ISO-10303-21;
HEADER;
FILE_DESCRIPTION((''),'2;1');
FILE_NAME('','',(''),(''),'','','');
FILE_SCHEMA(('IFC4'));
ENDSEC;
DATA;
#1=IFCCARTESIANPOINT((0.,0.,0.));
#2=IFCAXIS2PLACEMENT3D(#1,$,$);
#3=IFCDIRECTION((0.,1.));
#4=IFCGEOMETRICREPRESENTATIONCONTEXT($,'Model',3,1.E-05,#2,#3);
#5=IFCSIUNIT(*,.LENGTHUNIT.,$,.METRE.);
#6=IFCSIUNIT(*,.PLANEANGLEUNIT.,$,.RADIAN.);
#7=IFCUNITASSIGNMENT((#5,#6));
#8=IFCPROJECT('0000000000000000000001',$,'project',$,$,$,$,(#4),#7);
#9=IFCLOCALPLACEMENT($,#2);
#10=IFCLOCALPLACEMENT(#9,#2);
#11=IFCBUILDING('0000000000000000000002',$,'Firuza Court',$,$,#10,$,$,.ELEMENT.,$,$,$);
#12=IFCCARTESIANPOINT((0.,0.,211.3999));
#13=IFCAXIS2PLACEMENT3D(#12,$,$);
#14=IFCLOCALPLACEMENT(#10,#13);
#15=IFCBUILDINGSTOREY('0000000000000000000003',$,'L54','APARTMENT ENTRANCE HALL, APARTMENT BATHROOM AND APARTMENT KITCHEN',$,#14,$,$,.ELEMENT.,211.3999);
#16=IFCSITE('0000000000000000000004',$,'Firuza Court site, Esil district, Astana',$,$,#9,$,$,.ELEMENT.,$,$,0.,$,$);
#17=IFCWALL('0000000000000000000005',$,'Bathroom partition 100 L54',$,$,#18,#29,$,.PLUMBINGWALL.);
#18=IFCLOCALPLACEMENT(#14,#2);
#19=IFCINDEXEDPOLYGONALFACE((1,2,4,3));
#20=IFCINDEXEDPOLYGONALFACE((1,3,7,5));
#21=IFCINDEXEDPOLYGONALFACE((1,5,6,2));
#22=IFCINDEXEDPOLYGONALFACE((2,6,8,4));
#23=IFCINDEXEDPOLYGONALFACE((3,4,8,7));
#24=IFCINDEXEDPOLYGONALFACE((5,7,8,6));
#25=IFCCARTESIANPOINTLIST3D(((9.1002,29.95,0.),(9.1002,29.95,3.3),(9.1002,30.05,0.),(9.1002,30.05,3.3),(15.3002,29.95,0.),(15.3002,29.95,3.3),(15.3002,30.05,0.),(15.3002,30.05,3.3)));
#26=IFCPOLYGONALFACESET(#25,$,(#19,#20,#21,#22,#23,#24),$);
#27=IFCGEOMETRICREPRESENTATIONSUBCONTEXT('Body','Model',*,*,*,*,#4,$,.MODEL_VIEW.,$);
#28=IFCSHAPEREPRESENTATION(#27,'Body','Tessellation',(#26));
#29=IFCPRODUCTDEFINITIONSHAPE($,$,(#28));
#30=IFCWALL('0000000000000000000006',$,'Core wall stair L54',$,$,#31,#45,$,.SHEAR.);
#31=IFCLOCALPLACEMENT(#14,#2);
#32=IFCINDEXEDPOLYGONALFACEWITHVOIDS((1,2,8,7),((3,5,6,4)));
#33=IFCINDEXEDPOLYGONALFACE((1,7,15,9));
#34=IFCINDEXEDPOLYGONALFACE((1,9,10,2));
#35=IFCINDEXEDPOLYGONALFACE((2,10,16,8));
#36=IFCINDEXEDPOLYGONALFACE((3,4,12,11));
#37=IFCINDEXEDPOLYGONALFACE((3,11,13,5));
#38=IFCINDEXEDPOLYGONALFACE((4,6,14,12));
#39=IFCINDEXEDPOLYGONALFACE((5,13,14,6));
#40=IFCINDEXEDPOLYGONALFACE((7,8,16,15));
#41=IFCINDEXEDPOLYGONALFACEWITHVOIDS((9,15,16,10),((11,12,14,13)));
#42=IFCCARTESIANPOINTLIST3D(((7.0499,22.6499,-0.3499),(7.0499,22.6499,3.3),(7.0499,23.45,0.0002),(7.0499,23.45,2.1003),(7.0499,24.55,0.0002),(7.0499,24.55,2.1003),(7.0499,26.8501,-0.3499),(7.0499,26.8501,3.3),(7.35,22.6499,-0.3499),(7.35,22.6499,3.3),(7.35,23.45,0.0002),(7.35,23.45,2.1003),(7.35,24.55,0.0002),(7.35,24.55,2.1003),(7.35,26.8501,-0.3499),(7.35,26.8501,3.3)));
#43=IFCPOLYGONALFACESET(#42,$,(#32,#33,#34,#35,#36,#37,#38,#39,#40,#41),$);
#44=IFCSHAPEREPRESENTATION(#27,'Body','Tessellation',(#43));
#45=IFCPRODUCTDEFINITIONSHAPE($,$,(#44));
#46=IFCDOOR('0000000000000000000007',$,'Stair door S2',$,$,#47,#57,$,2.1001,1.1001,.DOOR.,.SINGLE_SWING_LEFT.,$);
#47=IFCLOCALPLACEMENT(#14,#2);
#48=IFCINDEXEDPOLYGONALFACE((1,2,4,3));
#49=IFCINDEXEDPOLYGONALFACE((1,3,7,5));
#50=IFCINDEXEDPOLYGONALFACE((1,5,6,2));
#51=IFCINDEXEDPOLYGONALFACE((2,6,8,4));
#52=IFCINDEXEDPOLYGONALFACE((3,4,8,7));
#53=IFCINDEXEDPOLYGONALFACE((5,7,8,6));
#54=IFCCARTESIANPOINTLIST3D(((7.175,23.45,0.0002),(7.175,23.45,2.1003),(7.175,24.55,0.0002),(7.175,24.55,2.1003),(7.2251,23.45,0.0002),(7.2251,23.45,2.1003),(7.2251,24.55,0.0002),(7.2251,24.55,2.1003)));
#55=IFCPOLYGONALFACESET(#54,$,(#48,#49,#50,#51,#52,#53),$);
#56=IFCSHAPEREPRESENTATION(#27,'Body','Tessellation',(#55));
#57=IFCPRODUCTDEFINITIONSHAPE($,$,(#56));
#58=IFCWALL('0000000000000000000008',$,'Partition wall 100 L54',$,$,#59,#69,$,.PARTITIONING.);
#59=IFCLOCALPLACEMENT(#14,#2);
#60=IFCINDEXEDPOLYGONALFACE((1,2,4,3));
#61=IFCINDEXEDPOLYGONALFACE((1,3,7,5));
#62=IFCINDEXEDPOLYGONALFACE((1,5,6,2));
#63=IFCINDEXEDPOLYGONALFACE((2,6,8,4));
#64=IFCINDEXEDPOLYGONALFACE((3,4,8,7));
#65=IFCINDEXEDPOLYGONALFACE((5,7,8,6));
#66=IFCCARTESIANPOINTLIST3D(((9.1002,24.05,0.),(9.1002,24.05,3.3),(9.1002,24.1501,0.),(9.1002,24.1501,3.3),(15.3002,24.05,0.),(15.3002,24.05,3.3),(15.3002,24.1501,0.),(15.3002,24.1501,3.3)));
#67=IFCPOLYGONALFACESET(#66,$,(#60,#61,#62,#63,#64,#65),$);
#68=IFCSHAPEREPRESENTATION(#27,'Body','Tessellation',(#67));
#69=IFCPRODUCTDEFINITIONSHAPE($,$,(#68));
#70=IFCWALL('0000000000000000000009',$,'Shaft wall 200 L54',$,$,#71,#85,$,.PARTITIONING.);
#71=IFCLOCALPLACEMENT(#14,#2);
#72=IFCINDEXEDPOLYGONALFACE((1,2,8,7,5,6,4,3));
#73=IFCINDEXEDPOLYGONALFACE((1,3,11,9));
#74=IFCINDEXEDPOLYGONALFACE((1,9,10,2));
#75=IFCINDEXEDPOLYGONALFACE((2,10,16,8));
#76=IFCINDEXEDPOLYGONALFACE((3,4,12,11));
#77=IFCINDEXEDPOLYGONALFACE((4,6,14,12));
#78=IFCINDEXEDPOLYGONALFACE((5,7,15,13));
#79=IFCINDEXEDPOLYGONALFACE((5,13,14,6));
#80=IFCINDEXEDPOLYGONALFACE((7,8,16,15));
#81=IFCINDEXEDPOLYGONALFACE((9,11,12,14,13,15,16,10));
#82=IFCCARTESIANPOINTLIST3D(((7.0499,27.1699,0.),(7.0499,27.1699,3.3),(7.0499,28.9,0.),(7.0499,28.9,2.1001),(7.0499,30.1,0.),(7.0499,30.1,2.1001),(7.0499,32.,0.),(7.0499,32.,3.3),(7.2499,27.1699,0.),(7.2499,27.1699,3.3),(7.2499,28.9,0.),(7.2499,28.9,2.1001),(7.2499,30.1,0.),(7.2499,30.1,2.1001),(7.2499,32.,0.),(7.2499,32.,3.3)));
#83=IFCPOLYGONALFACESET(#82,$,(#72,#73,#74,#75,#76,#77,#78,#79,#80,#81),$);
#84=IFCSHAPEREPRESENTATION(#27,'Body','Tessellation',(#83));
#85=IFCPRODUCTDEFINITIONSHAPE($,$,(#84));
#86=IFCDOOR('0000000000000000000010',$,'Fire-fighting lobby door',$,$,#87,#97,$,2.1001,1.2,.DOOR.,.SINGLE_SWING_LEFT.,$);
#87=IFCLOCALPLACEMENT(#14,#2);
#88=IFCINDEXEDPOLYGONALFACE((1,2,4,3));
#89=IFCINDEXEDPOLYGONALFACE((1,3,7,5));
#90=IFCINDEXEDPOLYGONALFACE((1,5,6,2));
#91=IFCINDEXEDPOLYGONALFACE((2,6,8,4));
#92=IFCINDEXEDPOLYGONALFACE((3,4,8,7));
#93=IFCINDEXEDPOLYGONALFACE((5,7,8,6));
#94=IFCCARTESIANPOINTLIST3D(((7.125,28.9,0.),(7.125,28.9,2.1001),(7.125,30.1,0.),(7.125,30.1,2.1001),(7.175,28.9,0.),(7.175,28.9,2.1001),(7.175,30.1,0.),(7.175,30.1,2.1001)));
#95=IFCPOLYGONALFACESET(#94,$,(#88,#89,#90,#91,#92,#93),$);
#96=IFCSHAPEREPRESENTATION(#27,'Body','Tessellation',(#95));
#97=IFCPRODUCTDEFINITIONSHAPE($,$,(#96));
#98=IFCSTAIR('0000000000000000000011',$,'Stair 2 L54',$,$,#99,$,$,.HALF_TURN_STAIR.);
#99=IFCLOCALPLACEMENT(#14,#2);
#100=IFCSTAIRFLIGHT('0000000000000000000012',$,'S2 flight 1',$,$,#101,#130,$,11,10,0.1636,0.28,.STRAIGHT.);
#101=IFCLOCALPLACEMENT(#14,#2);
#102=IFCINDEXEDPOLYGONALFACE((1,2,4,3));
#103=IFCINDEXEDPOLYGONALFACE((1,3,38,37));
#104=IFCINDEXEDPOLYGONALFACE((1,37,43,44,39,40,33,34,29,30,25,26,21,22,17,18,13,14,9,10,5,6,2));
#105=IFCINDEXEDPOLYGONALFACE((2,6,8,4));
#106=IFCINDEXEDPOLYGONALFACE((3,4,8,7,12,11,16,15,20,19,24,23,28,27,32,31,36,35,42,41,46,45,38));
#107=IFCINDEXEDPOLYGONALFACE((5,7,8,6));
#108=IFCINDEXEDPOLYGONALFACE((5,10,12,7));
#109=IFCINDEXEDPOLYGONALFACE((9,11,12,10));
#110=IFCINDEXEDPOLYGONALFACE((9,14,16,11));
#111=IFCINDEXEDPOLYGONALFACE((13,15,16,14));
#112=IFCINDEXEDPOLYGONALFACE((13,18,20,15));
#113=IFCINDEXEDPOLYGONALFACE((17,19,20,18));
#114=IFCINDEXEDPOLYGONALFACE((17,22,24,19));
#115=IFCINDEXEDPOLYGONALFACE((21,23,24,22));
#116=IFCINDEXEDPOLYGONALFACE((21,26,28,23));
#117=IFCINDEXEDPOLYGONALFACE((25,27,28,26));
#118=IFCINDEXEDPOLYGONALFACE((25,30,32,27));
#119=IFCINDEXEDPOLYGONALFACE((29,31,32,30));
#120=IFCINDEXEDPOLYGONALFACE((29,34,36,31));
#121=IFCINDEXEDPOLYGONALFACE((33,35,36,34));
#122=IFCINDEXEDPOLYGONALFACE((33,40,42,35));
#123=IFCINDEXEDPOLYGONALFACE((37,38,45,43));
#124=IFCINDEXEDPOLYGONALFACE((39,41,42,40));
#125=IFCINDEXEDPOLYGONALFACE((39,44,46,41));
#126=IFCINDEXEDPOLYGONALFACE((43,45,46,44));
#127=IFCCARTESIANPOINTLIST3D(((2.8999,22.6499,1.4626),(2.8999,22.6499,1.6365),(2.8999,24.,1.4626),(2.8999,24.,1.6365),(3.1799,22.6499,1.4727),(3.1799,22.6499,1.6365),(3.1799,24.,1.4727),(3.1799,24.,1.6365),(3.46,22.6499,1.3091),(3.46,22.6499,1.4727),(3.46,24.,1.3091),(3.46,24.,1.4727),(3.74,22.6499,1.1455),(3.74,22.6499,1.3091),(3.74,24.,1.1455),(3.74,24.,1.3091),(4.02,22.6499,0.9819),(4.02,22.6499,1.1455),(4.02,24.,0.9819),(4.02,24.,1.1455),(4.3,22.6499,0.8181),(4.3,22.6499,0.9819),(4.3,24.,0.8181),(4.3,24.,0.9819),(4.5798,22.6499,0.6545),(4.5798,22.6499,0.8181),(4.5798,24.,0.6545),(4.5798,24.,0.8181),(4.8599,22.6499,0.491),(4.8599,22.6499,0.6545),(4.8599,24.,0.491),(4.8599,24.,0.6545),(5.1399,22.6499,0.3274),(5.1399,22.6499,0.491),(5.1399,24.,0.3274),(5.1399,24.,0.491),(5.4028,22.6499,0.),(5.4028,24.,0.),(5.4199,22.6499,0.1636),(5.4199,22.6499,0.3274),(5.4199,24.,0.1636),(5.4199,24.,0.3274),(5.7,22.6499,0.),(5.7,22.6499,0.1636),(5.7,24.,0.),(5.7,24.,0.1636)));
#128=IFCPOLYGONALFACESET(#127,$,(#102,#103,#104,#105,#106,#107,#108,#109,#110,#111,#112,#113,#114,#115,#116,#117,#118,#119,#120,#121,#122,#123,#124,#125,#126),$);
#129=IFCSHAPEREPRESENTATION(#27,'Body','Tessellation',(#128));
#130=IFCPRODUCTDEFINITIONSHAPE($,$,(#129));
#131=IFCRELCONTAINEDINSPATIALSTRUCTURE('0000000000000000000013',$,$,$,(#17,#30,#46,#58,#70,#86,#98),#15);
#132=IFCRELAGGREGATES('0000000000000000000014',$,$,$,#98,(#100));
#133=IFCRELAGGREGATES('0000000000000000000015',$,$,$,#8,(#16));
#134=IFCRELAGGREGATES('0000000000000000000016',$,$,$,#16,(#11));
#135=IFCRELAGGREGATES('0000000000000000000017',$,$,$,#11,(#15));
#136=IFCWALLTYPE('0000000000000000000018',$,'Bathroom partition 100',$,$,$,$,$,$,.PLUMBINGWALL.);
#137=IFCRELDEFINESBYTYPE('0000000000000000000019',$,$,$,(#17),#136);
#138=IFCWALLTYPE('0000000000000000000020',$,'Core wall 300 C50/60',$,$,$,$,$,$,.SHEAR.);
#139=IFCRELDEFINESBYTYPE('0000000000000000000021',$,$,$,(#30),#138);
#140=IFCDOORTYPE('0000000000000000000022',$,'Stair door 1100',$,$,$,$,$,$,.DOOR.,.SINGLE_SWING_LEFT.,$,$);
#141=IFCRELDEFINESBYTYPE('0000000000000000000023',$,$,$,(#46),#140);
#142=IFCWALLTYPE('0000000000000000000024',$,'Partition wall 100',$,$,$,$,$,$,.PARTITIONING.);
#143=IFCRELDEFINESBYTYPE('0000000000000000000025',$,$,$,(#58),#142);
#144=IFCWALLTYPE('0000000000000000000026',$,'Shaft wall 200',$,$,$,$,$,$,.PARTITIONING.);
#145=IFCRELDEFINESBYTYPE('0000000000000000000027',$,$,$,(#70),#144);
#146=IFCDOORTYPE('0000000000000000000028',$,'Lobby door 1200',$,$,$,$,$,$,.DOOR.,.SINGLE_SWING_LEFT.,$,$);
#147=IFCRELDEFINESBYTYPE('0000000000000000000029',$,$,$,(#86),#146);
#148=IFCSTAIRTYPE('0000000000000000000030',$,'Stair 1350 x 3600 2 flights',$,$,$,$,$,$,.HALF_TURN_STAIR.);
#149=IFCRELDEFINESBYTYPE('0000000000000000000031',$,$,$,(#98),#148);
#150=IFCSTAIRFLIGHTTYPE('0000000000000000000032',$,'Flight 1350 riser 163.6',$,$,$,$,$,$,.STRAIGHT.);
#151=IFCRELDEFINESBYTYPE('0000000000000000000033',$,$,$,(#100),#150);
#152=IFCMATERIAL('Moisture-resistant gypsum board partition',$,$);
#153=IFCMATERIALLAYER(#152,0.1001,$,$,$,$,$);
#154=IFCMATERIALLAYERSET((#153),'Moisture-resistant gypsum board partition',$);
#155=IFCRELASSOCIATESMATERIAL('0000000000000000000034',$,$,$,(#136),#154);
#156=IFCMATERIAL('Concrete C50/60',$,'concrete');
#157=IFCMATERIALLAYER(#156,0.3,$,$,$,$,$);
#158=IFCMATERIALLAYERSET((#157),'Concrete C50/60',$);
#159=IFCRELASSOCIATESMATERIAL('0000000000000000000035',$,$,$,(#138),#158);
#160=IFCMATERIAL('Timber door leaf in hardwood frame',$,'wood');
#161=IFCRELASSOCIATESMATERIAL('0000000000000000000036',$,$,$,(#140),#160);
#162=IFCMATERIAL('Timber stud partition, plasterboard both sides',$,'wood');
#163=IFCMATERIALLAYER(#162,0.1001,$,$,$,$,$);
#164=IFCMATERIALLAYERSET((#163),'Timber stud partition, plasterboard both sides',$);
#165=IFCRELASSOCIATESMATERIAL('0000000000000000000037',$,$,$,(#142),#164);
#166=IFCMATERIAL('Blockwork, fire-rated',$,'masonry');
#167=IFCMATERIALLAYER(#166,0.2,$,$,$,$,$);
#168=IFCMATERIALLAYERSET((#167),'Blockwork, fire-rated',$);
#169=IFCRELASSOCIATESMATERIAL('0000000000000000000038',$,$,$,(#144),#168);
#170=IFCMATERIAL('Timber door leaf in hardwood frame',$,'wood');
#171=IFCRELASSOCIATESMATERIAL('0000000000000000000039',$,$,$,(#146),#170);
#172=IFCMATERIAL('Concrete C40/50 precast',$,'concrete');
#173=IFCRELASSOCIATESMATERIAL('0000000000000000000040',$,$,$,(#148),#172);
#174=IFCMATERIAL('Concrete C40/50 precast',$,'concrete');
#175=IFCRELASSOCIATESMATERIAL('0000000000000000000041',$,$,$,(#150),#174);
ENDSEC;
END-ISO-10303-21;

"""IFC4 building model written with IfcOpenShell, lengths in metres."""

from ifc_helpers import new_model, si_unit, direction, frame, frame_2d, origin, place, context, subcontext, project, spatial, polyline, rectangle, outline, extrude, material, layer, layer_set, type_object, element, fill, aggregate, save


model = new_model("IFC4")

# Units and contexts
model_context = context("Model", 3, precision=1e-05, world=origin(), true_north=direction((0.0, 1.0)))
body_context = subcontext(model_context, "Body", "Model", "MODEL_VIEW")
ifc_project = project(units=[si_unit("LENGTHUNIT", "METRE"), si_unit("PLANEANGLEUNIT", "RADIAN")], contexts=[model_context])

# Site, building, storey
site_placement = place(None, origin())
site = spatial("IfcSite", under=ifc_project, at=site_placement, Name="Firuza Court site, Esil district, Astana", CompositionType="ELEMENT", RefElevation=0.0)
building_placement = place(site_placement, origin())
building = spatial("IfcBuilding", under=site, at=building_placement, Name="Firuza Court", CompositionType="ELEMENT")
storey_placement = place(building_placement, frame((0.0, 0.0, 211.3999)))
storey = spatial("IfcBuildingStorey", under=building, at=storey_placement, Name="L54", Description="APARTMENT ENTRANCE HALL, APARTMENT BATHROOM AND APARTMENT KITCHEN", CompositionType="ELEMENT", Elevation=211.3999)

# Wall
ifc_material_1 = material(Name="Moisture-resistant gypsum board partition")
ifc_layer_1 = layer(ifc_material_1, 0.1001)
ifc_layer_set_1 = layer_set([ifc_layer_1], Name="Moisture-resistant gypsum board partition")
wall_type_1 = type_object("IfcWallType", Name="Bathroom partition 100", PredefinedType="PLUMBINGWALL", material=ifc_layer_set_1)
wall_1_placement = place(storey_placement, frame((9.1001, 30.0, 0.0), z_axis=(0.0, 0.0, 1.0), x_axis=(1.0, 0.0, 0.0)))
element("IfcWall", 1, at=wall_1_placement, inside=storey, type_object=wall_type_1, Name="Bathroom partition 100 L54", PredefinedType="PLUMBINGWALL", context=body_context, shape_type="SweptSolid", body=[
    extrude(rectangle(XDim=6.2, YDim=0.1001, at=frame_2d((3.1001, 0.0))), origin(), (0.0, 0.0, 1.0), 3.3),
])

# Wall, opening, door
ifc_material_2 = material(Name="Concrete C50/60", Category="concrete")
ifc_layer_2 = layer(ifc_material_2, 0.3)
ifc_layer_set_2 = layer_set([ifc_layer_2], Name="Concrete C50/60")
wall_type_2 = type_object("IfcWallType", Name="Core wall 300 C50/60", PredefinedType="SHEAR", material=ifc_layer_set_2)
wall_2_placement = place(storey_placement, frame((7.2, 22.6499, -0.3499), z_axis=(0.0, 0.0, 1.0), x_axis=(0.0, 1.0, 0.0)))
wall_2 = element("IfcWall", 2, at=wall_2_placement, inside=storey, type_object=wall_type_2, Name="Core wall stair L54", PredefinedType="SHEAR", context=body_context, shape_type="SweptSolid", body=[
    extrude(rectangle(XDim=4.2002, YDim=0.3, at=frame_2d((2.1001, 0.0))), origin(), (0.0, 0.0, 1.0), 3.6499),
])
opening_1_placement = place(wall_2_placement, frame((0.8, 0.0, 0.3501)))
opening_1 = element("IfcOpeningElement", 3, at=opening_1_placement, cuts=wall_2, PredefinedType="OPENING", context=body_context, shape_type="SweptSolid", body=[
    extrude(rectangle(XDim=1.1001, YDim=2.1001, at=frame_2d((0.55, 1.05))), frame((0.0, 0.1621, 0.0), z_axis=(0.0, -1.0, 0.0), x_axis=(1.0, 0.0, 0.0)), (0.0, 0.0, 1.0), 0.324),
])
ifc_material_3 = material(Name="Timber door leaf in hardwood frame", Category="wood")
door_type_1 = type_object("IfcDoorType", Name="Stair door 1100", OperationType="SINGLE_SWING_LEFT", PredefinedType="DOOR", material=ifc_material_3)
door_1_placement = place(opening_1_placement, origin())
door_1 = element("IfcDoor", 4, at=door_1_placement, inside=storey, type_object=door_type_1, Name="Stair door S2", OperationType="SINGLE_SWING_LEFT", OverallHeight=2.1001, OverallWidth=1.1001, PredefinedType="DOOR", context=body_context, shape_type="SweptSolid", body=[
    extrude(rectangle(XDim=1.1001, YDim=2.1001, at=frame_2d((0.55, 1.05))), frame((0.0, 0.0249, 0.0), z_axis=(0.0, -1.0, 0.0), x_axis=(1.0, 0.0, 0.0)), (0.0, 0.0, 1.0), 0.05),
])
fill(opening_1, door_1)

# Wall
ifc_material_4 = material(Name="Timber stud partition, plasterboard both sides", Category="wood")
ifc_layer_3 = layer(ifc_material_4, 0.1001)
ifc_layer_set_3 = layer_set([ifc_layer_3], Name="Timber stud partition, plasterboard both sides")
wall_type_3 = type_object("IfcWallType", Name="Partition wall 100", PredefinedType="PARTITIONING", material=ifc_layer_set_3)
wall_3_placement = place(storey_placement, frame((9.1001, 24.1001, 0.0), z_axis=(0.0, 0.0, 1.0), x_axis=(1.0, 0.0, 0.0)))
element("IfcWall", 5, at=wall_3_placement, inside=storey, type_object=wall_type_3, Name="Partition wall 100 L54", PredefinedType="PARTITIONING", context=body_context, shape_type="SweptSolid", body=[
    extrude(rectangle(XDim=6.2, YDim=0.1001, at=frame_2d((3.1001, 0.0))), origin(), (0.0, 0.0, 1.0), 3.3),
])

# Wall, opening, door
ifc_material_5 = material(Name="Blockwork, fire-rated", Category="masonry")
ifc_layer_4 = layer(ifc_material_5, 0.2)
ifc_layer_set_4 = layer_set([ifc_layer_4], Name="Blockwork, fire-rated")
wall_type_4 = type_object("IfcWallType", Name="Shaft wall 200", PredefinedType="PARTITIONING", material=ifc_layer_set_4)
wall_4_placement = place(storey_placement, frame((7.1499, 27.1699, 0.0), z_axis=(0.0, 0.0, 1.0), x_axis=(0.0, 1.0, 0.0)))
wall_4 = element("IfcWall", 6, at=wall_4_placement, inside=storey, type_object=wall_type_4, Name="Shaft wall 200 L54", PredefinedType="PARTITIONING", context=body_context, shape_type="SweptSolid", body=[
    extrude(rectangle(XDim=4.8301, YDim=0.2, at=frame_2d((2.415, 0.0))), origin(), (0.0, 0.0, 1.0), 3.3),
])
opening_2_placement = place(wall_4_placement, frame((1.73, 0.0, 0.0)))
opening_2 = element("IfcOpeningElement", 7, at=opening_2_placement, cuts=wall_4, PredefinedType="OPENING", context=body_context, shape_type="SweptSolid", body=[
    extrude(rectangle(XDim=1.2, YDim=2.1001, at=frame_2d((0.6001, 1.05))), frame((0.0, 0.1118, 0.0), z_axis=(0.0, -1.0, 0.0), x_axis=(1.0, 0.0, 0.0)), (0.0, 0.0, 1.0), 0.2239),
])
ifc_material_6 = material(Name="Timber door leaf in hardwood frame", Category="wood")
door_type_2 = type_object("IfcDoorType", Name="Lobby door 1200", OperationType="SINGLE_SWING_LEFT", PredefinedType="DOOR", material=ifc_material_6)
door_2_placement = place(opening_2_placement, origin())
door_2 = element("IfcDoor", 8, at=door_2_placement, inside=storey, type_object=door_type_2, Name="Fire-fighting lobby door", OperationType="SINGLE_SWING_LEFT", OverallHeight=2.1001, OverallWidth=1.2, PredefinedType="DOOR", context=body_context, shape_type="SweptSolid", body=[
    extrude(rectangle(XDim=1.2, YDim=2.1001, at=frame_2d((0.6001, 1.05))), frame((0.0, 0.0249, 0.0), z_axis=(0.0, -1.0, 0.0), x_axis=(1.0, 0.0, 0.0)), (0.0, 0.0, 1.0), 0.05),
])
fill(opening_2, door_2)

# Stair, stair flight
ifc_material_7 = material(Name="Concrete C40/50 precast", Category="concrete")
stair_type = type_object("IfcStairType", Name="Stair 1350 x 3600 2 flights", PredefinedType="HALF_TURN_STAIR", material=ifc_material_7)
stair_placement = place(storey_placement, origin())
stair = element("IfcStair", 9, at=stair_placement, inside=storey, type_object=stair_type, Name="Stair 2 L54", PredefinedType="HALF_TURN_STAIR")
ifc_material_8 = material(Name="Concrete C40/50 precast", Category="concrete")
stair_flight_type = type_object("IfcStairFlightType", Name="Flight 1350 riser 163.6", PredefinedType="STRAIGHT", material=ifc_material_8)
stair_flight_placement = place(storey_placement, frame((5.7, 23.325, 0.0), z_axis=(0.0, 0.0, 1.0), x_axis=(-1.0, 0.0, 0.0)))
stair_flight = element("IfcStairFlight", 10, at=stair_flight_placement, type_object=stair_flight_type, Name="S2 flight 1", NumberOfRisers=11, NumberOfTreads=10, PredefinedType="STRAIGHT", RiserHeight=0.1636, TreadLength=0.28, context=body_context, shape_type="SweptSolid", body=[
    extrude(outline(polyline([(0.0, 0.0), (0.0, 0.1636), (0.28, 0.1636), (0.28, 0.3274), (0.5601, 0.3274), (0.5601, 0.491), (0.8401, 0.491), (0.8401, 0.6545), (1.1201, 0.6545), (1.1201, 0.8181), (1.3999, 0.8181), (1.3999, 0.9819), (1.6799, 0.9819), (1.6799, 1.1455), (1.96, 1.1455), (1.96, 1.3091), (2.24, 1.3091), (2.24, 1.4727), (2.52, 1.4727), (2.52, 1.6365), (2.8, 1.6365), (2.8, 1.8), (2.8, 1.4626), (0.2971, 0.0), (0.0, 0.0)])), frame((0.0, 0.675, 0.0), z_axis=(0.0, -1.0, 0.0), x_axis=(1.0, 0.0, 0.0)), (0.0, 0.0, 1.0), 1.3501),
])
aggregate(stair, [stair_flight])

save(model, "model.ifc")
